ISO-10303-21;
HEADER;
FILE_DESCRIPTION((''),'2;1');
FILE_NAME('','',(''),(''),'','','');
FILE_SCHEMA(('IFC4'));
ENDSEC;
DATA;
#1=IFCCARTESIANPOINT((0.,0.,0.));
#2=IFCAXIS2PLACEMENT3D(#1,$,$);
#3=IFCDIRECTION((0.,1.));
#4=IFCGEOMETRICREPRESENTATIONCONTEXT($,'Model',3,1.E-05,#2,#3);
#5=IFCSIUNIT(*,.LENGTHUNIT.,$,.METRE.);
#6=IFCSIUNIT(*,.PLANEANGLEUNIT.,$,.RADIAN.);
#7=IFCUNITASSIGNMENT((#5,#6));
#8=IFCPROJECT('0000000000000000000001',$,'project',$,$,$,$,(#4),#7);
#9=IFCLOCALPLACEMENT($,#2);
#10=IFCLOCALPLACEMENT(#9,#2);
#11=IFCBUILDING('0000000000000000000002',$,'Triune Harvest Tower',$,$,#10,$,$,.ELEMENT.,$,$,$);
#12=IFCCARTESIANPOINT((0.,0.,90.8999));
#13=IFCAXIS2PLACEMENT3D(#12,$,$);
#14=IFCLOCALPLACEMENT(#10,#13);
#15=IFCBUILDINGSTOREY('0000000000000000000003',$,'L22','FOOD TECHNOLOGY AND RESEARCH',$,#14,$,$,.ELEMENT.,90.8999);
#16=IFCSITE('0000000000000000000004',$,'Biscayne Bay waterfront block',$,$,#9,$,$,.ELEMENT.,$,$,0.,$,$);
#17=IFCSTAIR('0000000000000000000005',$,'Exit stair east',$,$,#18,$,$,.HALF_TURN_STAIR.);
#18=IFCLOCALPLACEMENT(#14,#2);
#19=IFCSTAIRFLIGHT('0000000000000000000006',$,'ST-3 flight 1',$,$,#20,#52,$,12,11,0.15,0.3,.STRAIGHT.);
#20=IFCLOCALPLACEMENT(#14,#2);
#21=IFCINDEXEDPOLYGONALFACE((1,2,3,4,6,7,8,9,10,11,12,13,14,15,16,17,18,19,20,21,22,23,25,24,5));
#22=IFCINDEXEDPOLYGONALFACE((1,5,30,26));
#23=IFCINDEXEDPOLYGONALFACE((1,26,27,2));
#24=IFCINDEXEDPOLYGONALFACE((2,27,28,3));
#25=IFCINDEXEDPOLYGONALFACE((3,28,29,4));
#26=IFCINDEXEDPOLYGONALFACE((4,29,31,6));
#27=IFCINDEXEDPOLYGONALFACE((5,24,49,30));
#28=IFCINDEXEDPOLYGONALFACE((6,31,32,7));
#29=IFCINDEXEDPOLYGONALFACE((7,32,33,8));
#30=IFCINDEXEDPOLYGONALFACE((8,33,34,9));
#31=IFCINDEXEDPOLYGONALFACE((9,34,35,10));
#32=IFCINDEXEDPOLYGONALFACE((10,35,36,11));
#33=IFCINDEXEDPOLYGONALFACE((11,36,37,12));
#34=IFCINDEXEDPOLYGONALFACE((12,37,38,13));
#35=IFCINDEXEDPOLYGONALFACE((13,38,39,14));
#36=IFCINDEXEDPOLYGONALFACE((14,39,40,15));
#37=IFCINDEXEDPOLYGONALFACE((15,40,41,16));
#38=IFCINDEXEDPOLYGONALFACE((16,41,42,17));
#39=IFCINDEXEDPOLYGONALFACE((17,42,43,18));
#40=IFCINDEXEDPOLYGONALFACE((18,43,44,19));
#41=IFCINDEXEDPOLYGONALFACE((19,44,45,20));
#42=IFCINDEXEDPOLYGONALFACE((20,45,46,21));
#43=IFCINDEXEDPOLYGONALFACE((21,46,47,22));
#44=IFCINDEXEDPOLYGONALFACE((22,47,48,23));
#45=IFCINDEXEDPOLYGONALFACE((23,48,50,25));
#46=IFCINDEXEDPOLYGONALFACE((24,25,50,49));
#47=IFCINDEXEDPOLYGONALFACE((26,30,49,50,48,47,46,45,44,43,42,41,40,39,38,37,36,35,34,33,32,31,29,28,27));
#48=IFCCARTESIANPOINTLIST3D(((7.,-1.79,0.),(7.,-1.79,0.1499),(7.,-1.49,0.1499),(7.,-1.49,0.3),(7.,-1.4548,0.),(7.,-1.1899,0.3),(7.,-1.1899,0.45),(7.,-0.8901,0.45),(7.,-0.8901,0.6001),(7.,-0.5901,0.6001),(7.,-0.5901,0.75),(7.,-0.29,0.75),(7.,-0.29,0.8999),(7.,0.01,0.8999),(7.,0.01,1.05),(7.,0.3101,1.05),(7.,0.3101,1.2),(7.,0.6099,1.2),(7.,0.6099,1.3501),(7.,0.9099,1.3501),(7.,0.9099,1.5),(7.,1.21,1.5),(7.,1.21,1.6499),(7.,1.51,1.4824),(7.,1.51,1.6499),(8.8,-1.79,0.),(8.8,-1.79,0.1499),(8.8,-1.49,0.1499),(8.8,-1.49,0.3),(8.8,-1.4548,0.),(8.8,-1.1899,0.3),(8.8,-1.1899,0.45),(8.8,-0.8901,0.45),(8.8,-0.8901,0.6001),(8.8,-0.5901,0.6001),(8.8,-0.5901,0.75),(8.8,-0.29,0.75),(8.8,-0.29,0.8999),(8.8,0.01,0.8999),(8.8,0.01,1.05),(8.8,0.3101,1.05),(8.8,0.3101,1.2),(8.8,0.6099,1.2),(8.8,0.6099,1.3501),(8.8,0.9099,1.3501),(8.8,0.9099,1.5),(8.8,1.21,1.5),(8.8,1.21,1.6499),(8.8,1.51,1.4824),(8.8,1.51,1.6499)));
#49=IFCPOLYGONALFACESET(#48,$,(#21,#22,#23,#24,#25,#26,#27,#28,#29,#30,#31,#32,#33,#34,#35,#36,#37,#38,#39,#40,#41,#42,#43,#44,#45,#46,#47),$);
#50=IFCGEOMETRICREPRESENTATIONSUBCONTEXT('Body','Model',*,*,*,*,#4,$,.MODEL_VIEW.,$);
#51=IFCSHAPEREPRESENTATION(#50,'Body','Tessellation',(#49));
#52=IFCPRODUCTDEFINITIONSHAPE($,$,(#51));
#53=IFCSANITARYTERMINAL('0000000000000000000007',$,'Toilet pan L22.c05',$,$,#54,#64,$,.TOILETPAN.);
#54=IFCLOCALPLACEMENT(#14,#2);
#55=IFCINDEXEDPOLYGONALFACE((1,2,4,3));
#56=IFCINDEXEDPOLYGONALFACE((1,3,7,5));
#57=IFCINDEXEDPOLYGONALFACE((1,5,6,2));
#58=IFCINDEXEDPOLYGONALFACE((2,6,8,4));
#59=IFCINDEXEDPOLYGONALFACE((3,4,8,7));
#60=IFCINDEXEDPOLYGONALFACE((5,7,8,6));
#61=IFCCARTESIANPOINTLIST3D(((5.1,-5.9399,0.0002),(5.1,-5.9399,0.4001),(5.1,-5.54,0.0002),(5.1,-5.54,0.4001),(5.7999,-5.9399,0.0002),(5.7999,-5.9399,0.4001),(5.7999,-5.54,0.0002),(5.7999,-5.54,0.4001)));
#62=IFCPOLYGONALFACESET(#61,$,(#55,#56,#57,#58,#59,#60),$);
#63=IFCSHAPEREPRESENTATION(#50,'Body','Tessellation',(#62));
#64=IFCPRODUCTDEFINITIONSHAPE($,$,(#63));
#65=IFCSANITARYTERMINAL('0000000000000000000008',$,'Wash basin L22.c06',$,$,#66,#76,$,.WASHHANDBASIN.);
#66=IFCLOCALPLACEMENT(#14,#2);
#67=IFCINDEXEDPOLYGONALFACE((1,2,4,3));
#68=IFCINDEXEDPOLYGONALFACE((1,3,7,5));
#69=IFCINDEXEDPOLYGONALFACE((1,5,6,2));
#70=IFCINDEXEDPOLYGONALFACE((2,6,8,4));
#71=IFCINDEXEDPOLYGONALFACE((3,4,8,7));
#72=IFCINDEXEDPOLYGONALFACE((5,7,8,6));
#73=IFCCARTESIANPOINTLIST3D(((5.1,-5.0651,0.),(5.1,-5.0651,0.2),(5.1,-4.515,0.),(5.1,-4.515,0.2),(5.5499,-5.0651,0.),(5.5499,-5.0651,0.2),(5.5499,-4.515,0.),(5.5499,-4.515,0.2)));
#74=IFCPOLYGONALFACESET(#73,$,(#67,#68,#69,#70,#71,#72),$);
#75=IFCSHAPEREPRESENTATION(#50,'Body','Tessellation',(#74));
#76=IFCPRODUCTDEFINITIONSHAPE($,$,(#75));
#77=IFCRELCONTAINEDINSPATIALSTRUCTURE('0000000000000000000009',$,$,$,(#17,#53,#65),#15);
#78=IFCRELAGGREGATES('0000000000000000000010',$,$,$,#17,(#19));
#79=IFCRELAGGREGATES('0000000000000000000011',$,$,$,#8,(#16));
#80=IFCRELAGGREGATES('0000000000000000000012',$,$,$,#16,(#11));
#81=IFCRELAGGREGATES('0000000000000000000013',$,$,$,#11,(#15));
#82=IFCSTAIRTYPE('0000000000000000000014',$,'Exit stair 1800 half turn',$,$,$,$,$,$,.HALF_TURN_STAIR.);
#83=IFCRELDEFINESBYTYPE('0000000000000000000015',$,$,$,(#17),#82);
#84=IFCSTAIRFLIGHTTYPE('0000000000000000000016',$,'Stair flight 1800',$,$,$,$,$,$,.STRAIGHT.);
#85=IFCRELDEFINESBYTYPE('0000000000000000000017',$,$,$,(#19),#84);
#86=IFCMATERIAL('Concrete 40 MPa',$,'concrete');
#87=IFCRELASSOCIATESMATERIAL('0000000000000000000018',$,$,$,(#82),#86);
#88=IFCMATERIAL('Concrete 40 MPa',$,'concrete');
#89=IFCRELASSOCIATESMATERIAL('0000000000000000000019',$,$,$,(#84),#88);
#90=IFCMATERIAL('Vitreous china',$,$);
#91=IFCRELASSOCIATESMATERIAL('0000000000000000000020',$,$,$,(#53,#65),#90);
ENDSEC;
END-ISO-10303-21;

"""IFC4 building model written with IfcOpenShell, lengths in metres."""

from ifc_helpers import new_model, si_unit, direction, frame, origin, origin_2d, place, context, subcontext, project, spatial, polyline, rectangle, outline, extrude, source, transform, mapped, material, type_object, element, aggregate, save


model = new_model("IFC4")

# Units and contexts
model_context = context("Model", 3, precision=1e-05, world=origin(), true_north=direction((0.0, 1.0)))
body_context = subcontext(model_context, "Body", "Model", "MODEL_VIEW")
ifc_project = project(units=[si_unit("LENGTHUNIT", "METRE"), si_unit("PLANEANGLEUNIT", "RADIAN")], contexts=[model_context])

# Site, building, storey
site_placement = place(None, origin())
site = spatial("IfcSite", under=ifc_project, at=site_placement, Name="Biscayne Bay waterfront block", CompositionType="ELEMENT", RefElevation=0.0)
building_placement = place(site_placement, origin())
building = spatial("IfcBuilding", under=site, at=building_placement, Name="Triune Harvest Tower", CompositionType="ELEMENT")
storey_placement = place(building_placement, frame((0.0, 0.0, 90.8999)))
storey = spatial("IfcBuildingStorey", under=building, at=storey_placement, Name="L22", Description="FOOD TECHNOLOGY AND RESEARCH", CompositionType="ELEMENT", Elevation=90.8999)

# Stair, stair flight
ifc_material_1 = material(Name="Concrete 40 MPa", Category="concrete")
stair_type = type_object("IfcStairType", Name="Exit stair 1800 half turn", PredefinedType="HALF_TURN_STAIR", material=ifc_material_1)
ifc_material_2 = material(Name="Concrete 40 MPa", Category="concrete")
stair_flight_type = type_object("IfcStairFlightType", Name="Stair flight 1800", PredefinedType="STRAIGHT", material=ifc_material_2)
shared_shape_1 = source(origin(), body_context, "Body", "SweptSolid", [
    extrude(outline(polyline([(0.0, 0.0), (0.0, 0.1499), (0.3, 0.1499), (0.3, 0.3), (0.6001, 0.3), (0.6001, 0.45), (0.8999, 0.45), (0.8999, 0.6001), (1.2, 0.6001), (1.2, 0.75), (1.5, 0.75), (1.5, 0.8999), (1.8, 0.8999), (1.8, 1.05), (2.1001, 1.05), (2.1001, 1.2), (2.3999, 1.2), (2.3999, 1.3501), (2.7, 1.3501), (2.7, 1.5), (3.0, 1.5), (3.0, 1.6499), (3.3, 1.6499), (3.3, 1.8), (3.3, 1.4824), (0.3352, 0.0), (0.0, 0.0)])), frame((0.0, 0.8999, 0.0), z_axis=(0.0, -1.0, 0.0), x_axis=(1.0, 0.0, 0.0)), (0.0, 0.0, 1.0), 1.8),
])
stair_1_placement = place(storey_placement, origin())
stair_1 = element("IfcStair", 1, at=stair_1_placement, inside=storey, type_object=stair_type, Name="Exit stair east", PredefinedType="HALF_TURN_STAIR")
stair_flight_1_placement = place(storey_placement, frame((7.8999, -1.79, 0.0), z_axis=(0.0, 0.0, 1.0), x_axis=(0.0, 1.0, 0.0)))
stair_flight_1 = element("IfcStairFlight", 2, at=stair_flight_1_placement, type_object=stair_flight_type, Name="ST-3 flight 1", NumberOfRisers=12, NumberOfTreads=11, PredefinedType="STRAIGHT", RiserHeight=0.15, TreadLength=0.3, context=body_context, shape_type="MappedRepresentation", body=[
    mapped(shared_shape_1, transform((0.0, 0.0, 0.0), scale=1.0)),
])
aggregate(stair_1, [stair_flight_1])

# Sanitary terminals
ifc_material_3 = material(Name="Vitreous china")
shared_shape_2 = source(origin(), body_context, "Body", "SweptSolid", [
    extrude(rectangle(XDim=0.3999, YDim=0.7, at=origin_2d()), origin(), (0.0, 0.0, 1.0), 0.3999),
])
sanitary_terminal_1_placement = place(storey_placement, frame((5.45, -5.74, 0.0002), z_axis=(0.0, 0.0, 1.0), x_axis=(0.0, 1.0, 0.0)))
element("IfcSanitaryTerminal", 3, at=sanitary_terminal_1_placement, inside=storey, material=ifc_material_3, Name="Toilet pan L22.c05", PredefinedType="TOILETPAN", context=body_context, shape_type="MappedRepresentation", body=[
    mapped(shared_shape_2, transform((0.0, 0.0, 0.0), scale=1.0)),
])
shared_shape_3 = source(origin(), body_context, "Body", "SweptSolid", [
    extrude(rectangle(XDim=0.55, YDim=0.45, at=origin_2d()), origin(), (0.0, 0.0, 1.0), 0.2),
])
sanitary_terminal_2_placement = place(storey_placement, frame((5.325, -4.79, 0.0), z_axis=(0.0, 0.0, 1.0), x_axis=(0.0, 1.0, 0.0)))
element("IfcSanitaryTerminal", 4, at=sanitary_terminal_2_placement, inside=storey, material=ifc_material_3, Name="Wash basin L22.c06", PredefinedType="WASHHANDBASIN", context=body_context, shape_type="MappedRepresentation", body=[
    mapped(shared_shape_3, transform((0.0, 0.0, 0.0), scale=1.0)),
])

save(model, "model.ifc")
